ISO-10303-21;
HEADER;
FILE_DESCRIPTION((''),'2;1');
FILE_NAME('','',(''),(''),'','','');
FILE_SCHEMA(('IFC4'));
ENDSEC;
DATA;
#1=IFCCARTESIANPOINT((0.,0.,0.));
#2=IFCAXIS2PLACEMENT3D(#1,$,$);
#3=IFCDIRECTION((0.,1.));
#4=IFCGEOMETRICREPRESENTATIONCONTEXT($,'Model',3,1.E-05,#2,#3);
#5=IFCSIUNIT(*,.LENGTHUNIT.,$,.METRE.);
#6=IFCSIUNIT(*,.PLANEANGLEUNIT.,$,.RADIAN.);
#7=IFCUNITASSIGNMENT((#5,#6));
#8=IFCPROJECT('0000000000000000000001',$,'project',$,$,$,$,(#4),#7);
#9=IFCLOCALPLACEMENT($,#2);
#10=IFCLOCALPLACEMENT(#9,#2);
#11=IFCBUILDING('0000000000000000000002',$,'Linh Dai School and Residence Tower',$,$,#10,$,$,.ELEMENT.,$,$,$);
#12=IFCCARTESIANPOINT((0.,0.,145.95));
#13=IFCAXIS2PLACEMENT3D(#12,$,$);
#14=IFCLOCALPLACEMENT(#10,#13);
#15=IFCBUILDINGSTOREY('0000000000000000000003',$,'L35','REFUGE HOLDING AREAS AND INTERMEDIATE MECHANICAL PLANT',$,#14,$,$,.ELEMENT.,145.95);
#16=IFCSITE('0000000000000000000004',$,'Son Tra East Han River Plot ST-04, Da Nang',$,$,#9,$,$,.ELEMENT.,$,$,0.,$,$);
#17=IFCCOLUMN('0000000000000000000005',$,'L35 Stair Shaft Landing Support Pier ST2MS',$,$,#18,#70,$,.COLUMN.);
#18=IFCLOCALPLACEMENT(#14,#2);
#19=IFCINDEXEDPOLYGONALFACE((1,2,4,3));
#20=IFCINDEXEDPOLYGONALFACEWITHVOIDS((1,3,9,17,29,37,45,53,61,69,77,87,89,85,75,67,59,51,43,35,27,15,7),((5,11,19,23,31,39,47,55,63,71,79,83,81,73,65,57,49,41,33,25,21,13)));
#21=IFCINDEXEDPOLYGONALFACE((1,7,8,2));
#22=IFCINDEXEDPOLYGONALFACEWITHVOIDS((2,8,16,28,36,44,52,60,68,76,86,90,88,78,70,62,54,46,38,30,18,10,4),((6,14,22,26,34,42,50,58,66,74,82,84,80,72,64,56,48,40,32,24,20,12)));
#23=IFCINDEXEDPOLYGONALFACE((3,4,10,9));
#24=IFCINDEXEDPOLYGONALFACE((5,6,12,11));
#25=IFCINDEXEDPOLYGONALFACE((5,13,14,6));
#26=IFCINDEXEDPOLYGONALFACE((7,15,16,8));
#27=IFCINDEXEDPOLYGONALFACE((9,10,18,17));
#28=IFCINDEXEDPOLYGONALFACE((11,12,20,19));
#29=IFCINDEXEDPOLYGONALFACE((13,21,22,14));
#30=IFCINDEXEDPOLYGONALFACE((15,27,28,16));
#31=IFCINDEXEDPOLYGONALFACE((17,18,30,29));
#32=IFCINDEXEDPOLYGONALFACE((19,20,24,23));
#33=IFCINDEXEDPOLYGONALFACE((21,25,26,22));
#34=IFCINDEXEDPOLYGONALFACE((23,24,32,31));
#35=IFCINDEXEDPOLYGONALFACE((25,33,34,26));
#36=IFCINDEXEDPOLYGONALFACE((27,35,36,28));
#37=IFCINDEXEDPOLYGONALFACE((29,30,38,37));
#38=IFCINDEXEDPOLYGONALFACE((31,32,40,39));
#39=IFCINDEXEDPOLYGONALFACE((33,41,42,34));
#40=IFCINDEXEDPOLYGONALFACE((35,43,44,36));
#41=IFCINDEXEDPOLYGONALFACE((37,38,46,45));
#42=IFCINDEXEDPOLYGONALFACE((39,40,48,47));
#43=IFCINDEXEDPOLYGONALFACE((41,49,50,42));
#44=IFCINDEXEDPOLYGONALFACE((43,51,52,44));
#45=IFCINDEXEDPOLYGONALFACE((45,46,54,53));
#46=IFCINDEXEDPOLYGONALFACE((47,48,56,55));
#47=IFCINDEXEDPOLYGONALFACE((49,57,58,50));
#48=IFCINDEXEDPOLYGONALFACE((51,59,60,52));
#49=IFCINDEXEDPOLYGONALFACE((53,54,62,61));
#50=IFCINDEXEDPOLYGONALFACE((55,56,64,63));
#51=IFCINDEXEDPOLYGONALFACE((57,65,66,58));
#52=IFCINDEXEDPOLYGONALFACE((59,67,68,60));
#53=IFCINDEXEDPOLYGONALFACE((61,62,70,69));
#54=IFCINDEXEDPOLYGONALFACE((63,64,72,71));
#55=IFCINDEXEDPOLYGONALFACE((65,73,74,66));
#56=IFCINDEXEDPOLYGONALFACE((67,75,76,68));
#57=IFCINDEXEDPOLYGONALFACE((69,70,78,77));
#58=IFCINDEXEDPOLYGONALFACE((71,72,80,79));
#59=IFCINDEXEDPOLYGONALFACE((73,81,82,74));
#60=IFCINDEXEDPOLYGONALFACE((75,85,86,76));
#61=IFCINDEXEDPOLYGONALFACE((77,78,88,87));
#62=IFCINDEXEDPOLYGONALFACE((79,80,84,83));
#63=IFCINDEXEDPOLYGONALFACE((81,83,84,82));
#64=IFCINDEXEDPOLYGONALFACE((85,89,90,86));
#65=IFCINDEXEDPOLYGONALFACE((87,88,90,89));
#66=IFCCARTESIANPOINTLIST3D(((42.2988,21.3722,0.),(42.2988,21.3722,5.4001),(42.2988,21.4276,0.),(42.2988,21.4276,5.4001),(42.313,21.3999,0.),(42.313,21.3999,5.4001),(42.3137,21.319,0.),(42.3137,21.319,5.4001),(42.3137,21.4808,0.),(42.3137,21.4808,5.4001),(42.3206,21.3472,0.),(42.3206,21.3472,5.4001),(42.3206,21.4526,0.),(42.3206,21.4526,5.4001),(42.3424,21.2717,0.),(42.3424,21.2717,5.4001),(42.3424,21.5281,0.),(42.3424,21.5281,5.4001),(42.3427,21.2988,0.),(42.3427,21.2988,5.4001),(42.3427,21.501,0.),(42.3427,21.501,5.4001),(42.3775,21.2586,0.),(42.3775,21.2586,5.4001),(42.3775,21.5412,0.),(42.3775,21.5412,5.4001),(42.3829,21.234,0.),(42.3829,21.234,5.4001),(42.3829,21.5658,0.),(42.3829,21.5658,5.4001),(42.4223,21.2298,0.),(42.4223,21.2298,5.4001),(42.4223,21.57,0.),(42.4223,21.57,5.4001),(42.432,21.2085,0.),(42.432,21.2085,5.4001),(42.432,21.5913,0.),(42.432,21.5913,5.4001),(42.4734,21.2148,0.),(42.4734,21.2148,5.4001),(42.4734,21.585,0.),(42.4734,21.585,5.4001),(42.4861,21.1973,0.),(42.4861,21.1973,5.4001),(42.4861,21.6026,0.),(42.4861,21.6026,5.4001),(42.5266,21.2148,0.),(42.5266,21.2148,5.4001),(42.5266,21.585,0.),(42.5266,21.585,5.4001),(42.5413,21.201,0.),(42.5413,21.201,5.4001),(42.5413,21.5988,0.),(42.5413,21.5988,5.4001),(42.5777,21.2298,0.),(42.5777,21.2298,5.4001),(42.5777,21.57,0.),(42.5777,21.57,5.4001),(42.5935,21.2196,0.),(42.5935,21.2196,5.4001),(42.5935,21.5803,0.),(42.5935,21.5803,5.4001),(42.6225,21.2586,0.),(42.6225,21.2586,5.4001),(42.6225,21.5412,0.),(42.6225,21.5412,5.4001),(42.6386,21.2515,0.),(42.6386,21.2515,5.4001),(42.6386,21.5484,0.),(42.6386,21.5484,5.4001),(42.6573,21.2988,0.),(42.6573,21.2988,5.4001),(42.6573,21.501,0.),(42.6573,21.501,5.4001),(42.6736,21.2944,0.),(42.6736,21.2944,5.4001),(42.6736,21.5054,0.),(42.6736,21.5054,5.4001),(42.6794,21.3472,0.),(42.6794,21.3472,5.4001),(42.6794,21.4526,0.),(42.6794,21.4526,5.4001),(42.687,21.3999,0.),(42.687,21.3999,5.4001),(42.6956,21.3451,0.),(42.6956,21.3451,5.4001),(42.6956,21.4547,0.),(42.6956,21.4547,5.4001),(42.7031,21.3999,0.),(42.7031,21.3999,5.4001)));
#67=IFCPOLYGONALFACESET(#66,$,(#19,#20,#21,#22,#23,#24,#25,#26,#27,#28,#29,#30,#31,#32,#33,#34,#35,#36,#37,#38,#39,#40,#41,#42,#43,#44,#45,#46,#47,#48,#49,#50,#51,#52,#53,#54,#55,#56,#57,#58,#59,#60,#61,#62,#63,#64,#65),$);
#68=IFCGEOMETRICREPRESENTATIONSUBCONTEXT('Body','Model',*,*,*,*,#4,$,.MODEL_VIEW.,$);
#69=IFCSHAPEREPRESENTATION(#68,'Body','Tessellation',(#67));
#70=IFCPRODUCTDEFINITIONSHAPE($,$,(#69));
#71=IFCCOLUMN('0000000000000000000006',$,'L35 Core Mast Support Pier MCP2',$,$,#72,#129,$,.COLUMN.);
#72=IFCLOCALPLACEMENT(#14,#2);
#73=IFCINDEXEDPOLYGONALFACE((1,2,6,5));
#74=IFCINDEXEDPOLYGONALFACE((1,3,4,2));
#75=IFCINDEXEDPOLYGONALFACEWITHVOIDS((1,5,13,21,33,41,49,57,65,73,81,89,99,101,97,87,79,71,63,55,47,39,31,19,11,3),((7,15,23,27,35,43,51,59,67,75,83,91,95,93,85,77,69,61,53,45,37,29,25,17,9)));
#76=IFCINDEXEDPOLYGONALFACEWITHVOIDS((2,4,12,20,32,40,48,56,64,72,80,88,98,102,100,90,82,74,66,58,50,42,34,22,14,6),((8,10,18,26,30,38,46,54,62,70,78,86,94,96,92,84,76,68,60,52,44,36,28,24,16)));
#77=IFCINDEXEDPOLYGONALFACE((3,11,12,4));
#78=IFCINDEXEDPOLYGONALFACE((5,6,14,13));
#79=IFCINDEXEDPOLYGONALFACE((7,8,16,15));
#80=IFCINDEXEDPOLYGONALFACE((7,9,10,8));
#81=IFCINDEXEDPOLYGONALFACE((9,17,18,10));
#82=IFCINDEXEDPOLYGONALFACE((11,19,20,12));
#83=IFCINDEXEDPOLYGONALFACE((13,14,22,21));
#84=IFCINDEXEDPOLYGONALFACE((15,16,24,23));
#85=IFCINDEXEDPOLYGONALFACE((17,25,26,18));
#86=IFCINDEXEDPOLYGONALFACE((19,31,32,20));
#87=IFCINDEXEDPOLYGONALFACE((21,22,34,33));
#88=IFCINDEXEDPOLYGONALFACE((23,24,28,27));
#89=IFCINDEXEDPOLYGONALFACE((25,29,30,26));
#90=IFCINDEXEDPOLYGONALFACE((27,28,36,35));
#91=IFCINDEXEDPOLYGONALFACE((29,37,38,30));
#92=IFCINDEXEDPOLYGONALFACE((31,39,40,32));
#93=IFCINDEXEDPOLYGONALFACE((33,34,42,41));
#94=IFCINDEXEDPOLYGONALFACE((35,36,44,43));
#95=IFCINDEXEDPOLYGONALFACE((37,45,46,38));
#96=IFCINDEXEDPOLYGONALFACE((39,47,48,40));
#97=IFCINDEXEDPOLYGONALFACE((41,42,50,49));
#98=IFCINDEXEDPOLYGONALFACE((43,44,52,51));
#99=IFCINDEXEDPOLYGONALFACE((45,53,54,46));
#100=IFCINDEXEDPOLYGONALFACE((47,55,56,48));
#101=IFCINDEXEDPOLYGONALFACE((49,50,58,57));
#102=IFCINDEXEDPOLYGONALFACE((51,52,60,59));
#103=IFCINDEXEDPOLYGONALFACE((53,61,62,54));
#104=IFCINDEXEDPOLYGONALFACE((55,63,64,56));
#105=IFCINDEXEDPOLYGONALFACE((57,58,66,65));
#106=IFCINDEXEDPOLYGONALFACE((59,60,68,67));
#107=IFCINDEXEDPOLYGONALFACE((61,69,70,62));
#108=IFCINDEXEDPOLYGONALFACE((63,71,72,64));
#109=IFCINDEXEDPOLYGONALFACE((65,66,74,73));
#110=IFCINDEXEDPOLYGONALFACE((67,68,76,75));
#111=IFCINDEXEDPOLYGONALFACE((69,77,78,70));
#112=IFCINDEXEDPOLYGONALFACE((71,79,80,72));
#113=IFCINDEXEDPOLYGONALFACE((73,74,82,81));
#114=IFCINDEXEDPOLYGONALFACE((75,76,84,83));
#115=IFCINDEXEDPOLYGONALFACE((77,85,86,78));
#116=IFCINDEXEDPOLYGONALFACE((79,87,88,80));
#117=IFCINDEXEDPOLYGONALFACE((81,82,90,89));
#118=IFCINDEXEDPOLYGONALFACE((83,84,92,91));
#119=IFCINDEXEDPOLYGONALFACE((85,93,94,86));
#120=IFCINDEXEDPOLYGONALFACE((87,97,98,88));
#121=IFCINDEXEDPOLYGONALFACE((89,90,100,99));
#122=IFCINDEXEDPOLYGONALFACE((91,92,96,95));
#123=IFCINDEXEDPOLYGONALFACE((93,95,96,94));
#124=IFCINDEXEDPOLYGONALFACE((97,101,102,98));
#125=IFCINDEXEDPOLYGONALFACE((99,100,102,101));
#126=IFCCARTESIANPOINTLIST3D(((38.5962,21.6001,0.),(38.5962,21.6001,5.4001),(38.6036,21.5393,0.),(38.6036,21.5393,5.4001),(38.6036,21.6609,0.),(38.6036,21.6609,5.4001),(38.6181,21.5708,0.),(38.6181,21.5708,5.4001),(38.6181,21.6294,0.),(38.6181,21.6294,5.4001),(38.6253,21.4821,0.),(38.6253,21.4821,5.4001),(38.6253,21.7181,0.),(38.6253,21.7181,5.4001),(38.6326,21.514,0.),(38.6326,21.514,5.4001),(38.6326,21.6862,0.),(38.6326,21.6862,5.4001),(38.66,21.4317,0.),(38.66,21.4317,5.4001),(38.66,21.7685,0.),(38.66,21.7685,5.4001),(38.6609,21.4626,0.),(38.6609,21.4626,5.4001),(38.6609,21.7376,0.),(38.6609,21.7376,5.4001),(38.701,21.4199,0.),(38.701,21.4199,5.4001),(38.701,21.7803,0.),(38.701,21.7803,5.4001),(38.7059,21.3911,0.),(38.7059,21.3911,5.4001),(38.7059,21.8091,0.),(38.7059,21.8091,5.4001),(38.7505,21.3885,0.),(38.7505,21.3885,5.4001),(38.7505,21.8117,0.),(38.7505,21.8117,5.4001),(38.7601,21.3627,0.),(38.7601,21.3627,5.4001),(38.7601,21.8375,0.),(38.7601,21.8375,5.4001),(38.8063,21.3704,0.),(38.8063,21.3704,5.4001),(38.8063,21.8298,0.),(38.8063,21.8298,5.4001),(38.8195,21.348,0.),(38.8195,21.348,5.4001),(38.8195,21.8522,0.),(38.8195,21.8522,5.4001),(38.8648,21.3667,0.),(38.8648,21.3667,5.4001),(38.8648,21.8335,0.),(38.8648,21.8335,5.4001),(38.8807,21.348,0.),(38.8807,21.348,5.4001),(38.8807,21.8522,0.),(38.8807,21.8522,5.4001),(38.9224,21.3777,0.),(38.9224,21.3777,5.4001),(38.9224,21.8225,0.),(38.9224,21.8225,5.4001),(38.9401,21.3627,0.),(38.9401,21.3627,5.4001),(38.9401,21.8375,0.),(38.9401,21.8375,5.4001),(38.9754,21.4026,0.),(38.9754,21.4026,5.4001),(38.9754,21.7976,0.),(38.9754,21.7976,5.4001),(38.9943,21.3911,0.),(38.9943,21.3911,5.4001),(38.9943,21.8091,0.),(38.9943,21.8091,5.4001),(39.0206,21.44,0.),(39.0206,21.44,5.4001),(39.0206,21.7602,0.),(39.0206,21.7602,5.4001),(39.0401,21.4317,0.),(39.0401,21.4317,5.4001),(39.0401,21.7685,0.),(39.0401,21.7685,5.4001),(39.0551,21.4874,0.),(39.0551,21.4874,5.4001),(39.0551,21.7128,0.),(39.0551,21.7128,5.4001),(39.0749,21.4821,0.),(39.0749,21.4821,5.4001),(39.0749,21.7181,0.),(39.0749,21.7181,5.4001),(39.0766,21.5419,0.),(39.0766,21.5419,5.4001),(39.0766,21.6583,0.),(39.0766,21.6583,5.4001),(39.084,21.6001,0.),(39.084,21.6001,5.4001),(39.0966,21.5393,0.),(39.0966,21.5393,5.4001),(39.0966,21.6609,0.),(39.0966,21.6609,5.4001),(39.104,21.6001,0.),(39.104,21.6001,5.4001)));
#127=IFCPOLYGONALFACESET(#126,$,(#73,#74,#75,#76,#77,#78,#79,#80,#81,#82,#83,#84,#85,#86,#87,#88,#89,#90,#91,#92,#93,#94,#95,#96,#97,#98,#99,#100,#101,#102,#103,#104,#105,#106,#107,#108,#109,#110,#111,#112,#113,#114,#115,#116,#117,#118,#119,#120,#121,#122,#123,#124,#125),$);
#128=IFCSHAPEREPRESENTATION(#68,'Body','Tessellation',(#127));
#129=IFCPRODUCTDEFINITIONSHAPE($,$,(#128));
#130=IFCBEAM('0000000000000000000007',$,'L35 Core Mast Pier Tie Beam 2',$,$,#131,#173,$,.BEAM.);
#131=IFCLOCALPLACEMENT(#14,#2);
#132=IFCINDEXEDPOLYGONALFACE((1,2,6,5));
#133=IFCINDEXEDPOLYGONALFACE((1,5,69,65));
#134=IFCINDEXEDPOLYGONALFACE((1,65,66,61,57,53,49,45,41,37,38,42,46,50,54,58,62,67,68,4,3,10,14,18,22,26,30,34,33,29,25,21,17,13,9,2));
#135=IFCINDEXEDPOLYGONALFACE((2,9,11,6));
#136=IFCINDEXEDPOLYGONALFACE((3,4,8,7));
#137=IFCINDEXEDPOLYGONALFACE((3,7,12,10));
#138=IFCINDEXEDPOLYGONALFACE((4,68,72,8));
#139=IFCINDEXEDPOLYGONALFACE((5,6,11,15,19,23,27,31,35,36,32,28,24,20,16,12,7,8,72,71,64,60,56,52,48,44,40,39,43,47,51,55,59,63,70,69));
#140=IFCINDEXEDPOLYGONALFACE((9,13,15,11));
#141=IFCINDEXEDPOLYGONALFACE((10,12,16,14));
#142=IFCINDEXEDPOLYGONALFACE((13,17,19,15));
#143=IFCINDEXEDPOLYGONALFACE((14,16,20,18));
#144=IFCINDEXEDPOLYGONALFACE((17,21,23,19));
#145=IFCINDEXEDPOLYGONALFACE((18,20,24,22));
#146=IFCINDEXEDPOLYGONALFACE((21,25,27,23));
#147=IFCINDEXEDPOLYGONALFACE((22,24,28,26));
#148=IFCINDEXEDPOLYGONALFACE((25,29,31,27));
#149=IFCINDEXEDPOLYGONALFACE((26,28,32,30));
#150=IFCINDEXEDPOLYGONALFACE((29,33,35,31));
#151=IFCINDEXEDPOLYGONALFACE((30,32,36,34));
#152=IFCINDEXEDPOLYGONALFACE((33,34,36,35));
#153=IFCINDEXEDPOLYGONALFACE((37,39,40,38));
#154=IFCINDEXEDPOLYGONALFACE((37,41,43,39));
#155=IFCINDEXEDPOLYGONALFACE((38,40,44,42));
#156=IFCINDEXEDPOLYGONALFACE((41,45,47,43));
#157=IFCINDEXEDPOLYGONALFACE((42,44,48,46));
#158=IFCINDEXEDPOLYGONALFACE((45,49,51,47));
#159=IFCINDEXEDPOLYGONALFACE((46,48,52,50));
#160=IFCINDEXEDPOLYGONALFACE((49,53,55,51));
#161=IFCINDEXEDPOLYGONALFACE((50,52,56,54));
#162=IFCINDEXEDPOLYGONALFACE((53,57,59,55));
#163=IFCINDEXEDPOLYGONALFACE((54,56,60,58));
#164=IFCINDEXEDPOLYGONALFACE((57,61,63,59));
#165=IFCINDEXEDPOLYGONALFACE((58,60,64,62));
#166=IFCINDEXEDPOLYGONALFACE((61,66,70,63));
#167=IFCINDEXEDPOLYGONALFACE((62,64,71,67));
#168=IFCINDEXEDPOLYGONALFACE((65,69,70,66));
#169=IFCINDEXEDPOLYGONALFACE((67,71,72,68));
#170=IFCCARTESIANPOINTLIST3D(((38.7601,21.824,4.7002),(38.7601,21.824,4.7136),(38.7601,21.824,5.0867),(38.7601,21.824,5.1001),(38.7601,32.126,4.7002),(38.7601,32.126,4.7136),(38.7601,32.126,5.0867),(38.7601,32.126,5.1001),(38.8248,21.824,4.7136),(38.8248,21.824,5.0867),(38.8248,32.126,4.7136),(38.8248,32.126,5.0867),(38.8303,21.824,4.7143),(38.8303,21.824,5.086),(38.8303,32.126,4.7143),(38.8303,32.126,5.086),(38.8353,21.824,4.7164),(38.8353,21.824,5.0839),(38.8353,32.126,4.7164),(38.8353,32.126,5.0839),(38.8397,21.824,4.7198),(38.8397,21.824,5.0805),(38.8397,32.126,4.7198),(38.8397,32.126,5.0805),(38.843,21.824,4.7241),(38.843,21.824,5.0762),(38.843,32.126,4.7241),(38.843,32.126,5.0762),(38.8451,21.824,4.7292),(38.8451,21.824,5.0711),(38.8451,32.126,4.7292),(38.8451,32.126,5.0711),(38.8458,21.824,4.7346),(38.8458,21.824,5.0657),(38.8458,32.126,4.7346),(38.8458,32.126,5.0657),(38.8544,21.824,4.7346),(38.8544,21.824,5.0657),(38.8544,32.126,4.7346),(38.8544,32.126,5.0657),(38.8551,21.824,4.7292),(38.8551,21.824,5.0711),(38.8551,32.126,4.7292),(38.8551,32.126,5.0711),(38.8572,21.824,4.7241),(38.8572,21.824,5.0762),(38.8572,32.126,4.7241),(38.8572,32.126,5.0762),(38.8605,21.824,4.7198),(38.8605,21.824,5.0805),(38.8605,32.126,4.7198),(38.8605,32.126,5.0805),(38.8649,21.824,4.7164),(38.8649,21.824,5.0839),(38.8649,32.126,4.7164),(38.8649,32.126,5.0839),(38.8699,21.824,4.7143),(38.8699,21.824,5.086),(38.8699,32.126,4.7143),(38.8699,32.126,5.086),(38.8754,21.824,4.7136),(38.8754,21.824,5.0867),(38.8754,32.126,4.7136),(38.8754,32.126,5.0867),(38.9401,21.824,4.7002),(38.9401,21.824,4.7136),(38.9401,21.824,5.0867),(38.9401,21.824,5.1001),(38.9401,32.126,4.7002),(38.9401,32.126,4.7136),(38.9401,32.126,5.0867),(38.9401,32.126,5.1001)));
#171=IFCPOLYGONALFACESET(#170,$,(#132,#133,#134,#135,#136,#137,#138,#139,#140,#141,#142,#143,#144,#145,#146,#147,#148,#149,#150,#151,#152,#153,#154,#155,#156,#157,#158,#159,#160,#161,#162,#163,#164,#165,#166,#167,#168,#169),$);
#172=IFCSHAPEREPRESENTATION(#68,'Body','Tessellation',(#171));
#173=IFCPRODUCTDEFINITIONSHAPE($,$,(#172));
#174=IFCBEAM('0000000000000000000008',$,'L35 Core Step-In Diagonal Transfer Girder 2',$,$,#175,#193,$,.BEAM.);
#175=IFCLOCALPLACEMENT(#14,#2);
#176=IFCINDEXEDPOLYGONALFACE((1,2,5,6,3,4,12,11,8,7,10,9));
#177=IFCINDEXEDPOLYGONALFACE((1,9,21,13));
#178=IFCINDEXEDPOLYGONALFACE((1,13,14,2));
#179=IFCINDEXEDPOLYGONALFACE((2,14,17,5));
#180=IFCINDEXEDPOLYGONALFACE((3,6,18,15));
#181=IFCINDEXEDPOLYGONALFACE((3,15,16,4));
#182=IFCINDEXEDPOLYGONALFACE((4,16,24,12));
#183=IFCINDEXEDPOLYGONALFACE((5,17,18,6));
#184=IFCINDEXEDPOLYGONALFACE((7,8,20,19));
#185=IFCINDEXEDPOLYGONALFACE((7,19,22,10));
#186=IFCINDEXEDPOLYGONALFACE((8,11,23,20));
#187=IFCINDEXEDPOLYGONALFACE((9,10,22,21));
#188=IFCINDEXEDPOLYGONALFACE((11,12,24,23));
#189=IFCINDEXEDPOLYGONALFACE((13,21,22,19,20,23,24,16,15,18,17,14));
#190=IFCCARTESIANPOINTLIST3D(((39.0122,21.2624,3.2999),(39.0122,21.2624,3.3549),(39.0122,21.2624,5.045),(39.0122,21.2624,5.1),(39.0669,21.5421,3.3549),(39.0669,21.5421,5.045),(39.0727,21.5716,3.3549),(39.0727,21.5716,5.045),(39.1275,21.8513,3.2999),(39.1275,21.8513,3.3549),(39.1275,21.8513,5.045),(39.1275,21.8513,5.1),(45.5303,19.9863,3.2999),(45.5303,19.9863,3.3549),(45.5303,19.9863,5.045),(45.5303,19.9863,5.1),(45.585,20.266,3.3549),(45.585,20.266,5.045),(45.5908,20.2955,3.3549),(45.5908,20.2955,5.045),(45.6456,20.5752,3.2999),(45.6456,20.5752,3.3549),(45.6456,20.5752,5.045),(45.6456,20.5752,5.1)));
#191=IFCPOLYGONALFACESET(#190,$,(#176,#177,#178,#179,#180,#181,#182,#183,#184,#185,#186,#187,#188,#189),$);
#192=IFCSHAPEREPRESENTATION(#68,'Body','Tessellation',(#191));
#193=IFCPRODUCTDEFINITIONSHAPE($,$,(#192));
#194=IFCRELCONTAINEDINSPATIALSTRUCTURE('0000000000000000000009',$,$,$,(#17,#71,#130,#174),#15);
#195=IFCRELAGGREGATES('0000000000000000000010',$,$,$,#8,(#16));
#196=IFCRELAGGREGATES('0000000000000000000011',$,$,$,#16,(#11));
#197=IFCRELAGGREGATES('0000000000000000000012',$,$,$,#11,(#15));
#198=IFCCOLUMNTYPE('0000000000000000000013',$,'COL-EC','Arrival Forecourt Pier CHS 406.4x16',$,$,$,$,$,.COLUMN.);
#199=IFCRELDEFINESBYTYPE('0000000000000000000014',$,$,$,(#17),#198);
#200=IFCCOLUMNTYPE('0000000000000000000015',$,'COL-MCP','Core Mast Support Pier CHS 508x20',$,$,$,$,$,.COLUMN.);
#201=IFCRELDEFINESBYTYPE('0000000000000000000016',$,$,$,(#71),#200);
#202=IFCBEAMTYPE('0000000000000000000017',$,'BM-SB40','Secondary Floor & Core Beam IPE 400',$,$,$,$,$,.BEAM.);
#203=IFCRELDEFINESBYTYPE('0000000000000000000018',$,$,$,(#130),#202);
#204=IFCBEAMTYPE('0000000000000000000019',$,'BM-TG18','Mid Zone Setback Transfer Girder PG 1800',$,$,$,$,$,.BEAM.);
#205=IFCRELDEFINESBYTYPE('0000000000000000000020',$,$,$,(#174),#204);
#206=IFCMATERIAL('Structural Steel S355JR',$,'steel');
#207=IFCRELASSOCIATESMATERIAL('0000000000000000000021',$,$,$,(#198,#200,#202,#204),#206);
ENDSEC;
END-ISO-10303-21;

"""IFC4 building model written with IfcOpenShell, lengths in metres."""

from ifc_helpers import new_model, si_unit, direction, frame, origin, origin_2d, place, context, subcontext, project, spatial, hollow_circle, i_section, extrude, material, material_profile, profile_set, type_object, element, save


model = new_model("IFC4")

# Units and contexts
model_context = context("Model", 3, precision=1e-05, world=origin(), true_north=direction((0.0, 1.0)))
body_context = subcontext(model_context, "Body", "Model", "MODEL_VIEW")
ifc_project = project(units=[si_unit("LENGTHUNIT", "METRE"), si_unit("PLANEANGLEUNIT", "RADIAN")], contexts=[model_context])

# Site, building, storey
site_placement = place(None, origin())
site = spatial("IfcSite", under=ifc_project, at=site_placement, Name="Son Tra East Han River Plot ST-04, Da Nang", CompositionType="ELEMENT", RefElevation=0.0)
building_placement = place(site_placement, origin())
building = spatial("IfcBuilding", under=site, at=building_placement, Name="Linh Dai School and Residence Tower", CompositionType="ELEMENT")
storey_placement = place(building_placement, frame((0.0, 0.0, 145.95)))
storey = spatial("IfcBuildingStorey", under=building, at=storey_placement, Name="L35", Description="REFUGE HOLDING AREAS AND INTERMEDIATE MECHANICAL PLANT", CompositionType="ELEMENT", Elevation=145.95)

# Columns
ifc_material_1 = material(Name="Structural Steel S355JR", Category="steel")
ifc_material_profile_1 = material_profile(ifc_material_1, hollow_circle(Radius=0.2031, WallThickness=0.0161, at=origin_2d()), Name="CHS 406.4x16")
ifc_profile_set_1 = profile_set([ifc_material_profile_1], Name="Structural Steel S355JR")
column_type_1 = type_object("IfcColumnType", Name="COL-EC", Description="Arrival Forecourt Pier CHS 406.4x16", PredefinedType="COLUMN", material=ifc_profile_set_1)
column_1_placement = place(storey_placement, frame((42.5, 21.3999, 0.0), z_axis=(0.0, 0.0, 1.0), x_axis=(1.0, 0.0, 0.0)))
element("IfcColumn", 1, at=column_1_placement, inside=storey, type_object=column_type_1, Name="L35 Stair Shaft Landing Support Pier ST2MS", PredefinedType="COLUMN", context=body_context, shape_type="SweptSolid", body=[
    extrude(hollow_circle(Radius=0.2031, WallThickness=0.0161, at=origin_2d()), origin(), (0.0, 0.0, 1.0), 5.4001),
])
ifc_material_profile_2 = material_profile(ifc_material_1, hollow_circle(Radius=0.2539, WallThickness=0.02, at=origin_2d()), Name="CHS 508x20")
ifc_profile_set_2 = profile_set([ifc_material_profile_2], Name="Structural Steel S355JR")
column_type_2 = type_object("IfcColumnType", Name="COL-MCP", Description="Core Mast Support Pier CHS 508x20", PredefinedType="COLUMN", material=ifc_profile_set_2)
column_2_placement = place(storey_placement, frame((38.8501, 21.6001, 0.0), z_axis=(0.0, 0.0, 1.0), x_axis=(1.0, 0.0, 0.0)))
element("IfcColumn", 2, at=column_2_placement, inside=storey, type_object=column_type_2, Name="L35 Core Mast Support Pier MCP2", PredefinedType="COLUMN", context=body_context, shape_type="SweptSolid", body=[
    extrude(hollow_circle(Radius=0.2539, WallThickness=0.02, at=origin_2d()), origin(), (0.0, 0.0, 1.0), 5.4001),
])

# Beams
ifc_material_profile_3 = material_profile(ifc_material_1, i_section(OverallWidth=0.1799, OverallDepth=0.3999, WebThickness=0.0085, FlangeThickness=0.0134, FilletRadius=0.021, at=origin_2d()), Name="IPE 400")
ifc_profile_set_3 = profile_set([ifc_material_profile_3], Name="Structural Steel S355JR")
beam_type_1 = type_object("IfcBeamType", Name="BM-SB40", Description="Secondary Floor & Core Beam IPE 400", PredefinedType="BEAM", material=ifc_profile_set_3)
beam_1_placement = place(storey_placement, frame((38.8501, 21.824, 4.9001), z_axis=(0.0, 1.0, 0.0), x_axis=(-1.0, 0.0, 0.0)))
element("IfcBeam", 3, at=beam_1_placement, inside=storey, type_object=beam_type_1, Name="L35 Core Mast Pier Tie Beam 2", PredefinedType="BEAM", context=body_context, shape_type="SweptSolid", body=[
    extrude(i_section(OverallWidth=0.1799, OverallDepth=0.3999, WebThickness=0.0085, FlangeThickness=0.0134, FilletRadius=0.021, at=origin_2d()), origin(), (0.0, 0.0, 1.0), 10.302),
])
ifc_material_profile_4 = material_profile(ifc_material_1, i_section(OverallWidth=0.6001, OverallDepth=1.8, WebThickness=0.03, FlangeThickness=0.0549, at=origin_2d()), Name="PG 1800x600x30x55")
ifc_profile_set_4 = profile_set([ifc_material_profile_4], Name="Structural Steel S355JR")
beam_type_2 = type_object("IfcBeamType", Name="BM-TG18", Description="Mid Zone Setback Transfer Girder PG 1800", PredefinedType="BEAM", material=ifc_profile_set_4)
beam_2_placement = place(storey_placement, frame((39.0698, 21.5569, 4.2), z_axis=(0.981369, -0.192135, 0.0), x_axis=(0.192135, 0.981369, 0.0)))
element("IfcBeam", 4, at=beam_2_placement, inside=storey, type_object=beam_type_2, Name="L35 Core Step-In Diagonal Transfer Girder 2", PredefinedType="BEAM", context=body_context, shape_type="SweptSolid", body=[
    extrude(i_section(OverallWidth=0.6001, OverallDepth=1.8, WebThickness=0.03, FlangeThickness=0.0549, at=origin_2d()), origin(), (0.0, 0.0, 1.0), 6.6418),
])

save(model, "model.ifc")
